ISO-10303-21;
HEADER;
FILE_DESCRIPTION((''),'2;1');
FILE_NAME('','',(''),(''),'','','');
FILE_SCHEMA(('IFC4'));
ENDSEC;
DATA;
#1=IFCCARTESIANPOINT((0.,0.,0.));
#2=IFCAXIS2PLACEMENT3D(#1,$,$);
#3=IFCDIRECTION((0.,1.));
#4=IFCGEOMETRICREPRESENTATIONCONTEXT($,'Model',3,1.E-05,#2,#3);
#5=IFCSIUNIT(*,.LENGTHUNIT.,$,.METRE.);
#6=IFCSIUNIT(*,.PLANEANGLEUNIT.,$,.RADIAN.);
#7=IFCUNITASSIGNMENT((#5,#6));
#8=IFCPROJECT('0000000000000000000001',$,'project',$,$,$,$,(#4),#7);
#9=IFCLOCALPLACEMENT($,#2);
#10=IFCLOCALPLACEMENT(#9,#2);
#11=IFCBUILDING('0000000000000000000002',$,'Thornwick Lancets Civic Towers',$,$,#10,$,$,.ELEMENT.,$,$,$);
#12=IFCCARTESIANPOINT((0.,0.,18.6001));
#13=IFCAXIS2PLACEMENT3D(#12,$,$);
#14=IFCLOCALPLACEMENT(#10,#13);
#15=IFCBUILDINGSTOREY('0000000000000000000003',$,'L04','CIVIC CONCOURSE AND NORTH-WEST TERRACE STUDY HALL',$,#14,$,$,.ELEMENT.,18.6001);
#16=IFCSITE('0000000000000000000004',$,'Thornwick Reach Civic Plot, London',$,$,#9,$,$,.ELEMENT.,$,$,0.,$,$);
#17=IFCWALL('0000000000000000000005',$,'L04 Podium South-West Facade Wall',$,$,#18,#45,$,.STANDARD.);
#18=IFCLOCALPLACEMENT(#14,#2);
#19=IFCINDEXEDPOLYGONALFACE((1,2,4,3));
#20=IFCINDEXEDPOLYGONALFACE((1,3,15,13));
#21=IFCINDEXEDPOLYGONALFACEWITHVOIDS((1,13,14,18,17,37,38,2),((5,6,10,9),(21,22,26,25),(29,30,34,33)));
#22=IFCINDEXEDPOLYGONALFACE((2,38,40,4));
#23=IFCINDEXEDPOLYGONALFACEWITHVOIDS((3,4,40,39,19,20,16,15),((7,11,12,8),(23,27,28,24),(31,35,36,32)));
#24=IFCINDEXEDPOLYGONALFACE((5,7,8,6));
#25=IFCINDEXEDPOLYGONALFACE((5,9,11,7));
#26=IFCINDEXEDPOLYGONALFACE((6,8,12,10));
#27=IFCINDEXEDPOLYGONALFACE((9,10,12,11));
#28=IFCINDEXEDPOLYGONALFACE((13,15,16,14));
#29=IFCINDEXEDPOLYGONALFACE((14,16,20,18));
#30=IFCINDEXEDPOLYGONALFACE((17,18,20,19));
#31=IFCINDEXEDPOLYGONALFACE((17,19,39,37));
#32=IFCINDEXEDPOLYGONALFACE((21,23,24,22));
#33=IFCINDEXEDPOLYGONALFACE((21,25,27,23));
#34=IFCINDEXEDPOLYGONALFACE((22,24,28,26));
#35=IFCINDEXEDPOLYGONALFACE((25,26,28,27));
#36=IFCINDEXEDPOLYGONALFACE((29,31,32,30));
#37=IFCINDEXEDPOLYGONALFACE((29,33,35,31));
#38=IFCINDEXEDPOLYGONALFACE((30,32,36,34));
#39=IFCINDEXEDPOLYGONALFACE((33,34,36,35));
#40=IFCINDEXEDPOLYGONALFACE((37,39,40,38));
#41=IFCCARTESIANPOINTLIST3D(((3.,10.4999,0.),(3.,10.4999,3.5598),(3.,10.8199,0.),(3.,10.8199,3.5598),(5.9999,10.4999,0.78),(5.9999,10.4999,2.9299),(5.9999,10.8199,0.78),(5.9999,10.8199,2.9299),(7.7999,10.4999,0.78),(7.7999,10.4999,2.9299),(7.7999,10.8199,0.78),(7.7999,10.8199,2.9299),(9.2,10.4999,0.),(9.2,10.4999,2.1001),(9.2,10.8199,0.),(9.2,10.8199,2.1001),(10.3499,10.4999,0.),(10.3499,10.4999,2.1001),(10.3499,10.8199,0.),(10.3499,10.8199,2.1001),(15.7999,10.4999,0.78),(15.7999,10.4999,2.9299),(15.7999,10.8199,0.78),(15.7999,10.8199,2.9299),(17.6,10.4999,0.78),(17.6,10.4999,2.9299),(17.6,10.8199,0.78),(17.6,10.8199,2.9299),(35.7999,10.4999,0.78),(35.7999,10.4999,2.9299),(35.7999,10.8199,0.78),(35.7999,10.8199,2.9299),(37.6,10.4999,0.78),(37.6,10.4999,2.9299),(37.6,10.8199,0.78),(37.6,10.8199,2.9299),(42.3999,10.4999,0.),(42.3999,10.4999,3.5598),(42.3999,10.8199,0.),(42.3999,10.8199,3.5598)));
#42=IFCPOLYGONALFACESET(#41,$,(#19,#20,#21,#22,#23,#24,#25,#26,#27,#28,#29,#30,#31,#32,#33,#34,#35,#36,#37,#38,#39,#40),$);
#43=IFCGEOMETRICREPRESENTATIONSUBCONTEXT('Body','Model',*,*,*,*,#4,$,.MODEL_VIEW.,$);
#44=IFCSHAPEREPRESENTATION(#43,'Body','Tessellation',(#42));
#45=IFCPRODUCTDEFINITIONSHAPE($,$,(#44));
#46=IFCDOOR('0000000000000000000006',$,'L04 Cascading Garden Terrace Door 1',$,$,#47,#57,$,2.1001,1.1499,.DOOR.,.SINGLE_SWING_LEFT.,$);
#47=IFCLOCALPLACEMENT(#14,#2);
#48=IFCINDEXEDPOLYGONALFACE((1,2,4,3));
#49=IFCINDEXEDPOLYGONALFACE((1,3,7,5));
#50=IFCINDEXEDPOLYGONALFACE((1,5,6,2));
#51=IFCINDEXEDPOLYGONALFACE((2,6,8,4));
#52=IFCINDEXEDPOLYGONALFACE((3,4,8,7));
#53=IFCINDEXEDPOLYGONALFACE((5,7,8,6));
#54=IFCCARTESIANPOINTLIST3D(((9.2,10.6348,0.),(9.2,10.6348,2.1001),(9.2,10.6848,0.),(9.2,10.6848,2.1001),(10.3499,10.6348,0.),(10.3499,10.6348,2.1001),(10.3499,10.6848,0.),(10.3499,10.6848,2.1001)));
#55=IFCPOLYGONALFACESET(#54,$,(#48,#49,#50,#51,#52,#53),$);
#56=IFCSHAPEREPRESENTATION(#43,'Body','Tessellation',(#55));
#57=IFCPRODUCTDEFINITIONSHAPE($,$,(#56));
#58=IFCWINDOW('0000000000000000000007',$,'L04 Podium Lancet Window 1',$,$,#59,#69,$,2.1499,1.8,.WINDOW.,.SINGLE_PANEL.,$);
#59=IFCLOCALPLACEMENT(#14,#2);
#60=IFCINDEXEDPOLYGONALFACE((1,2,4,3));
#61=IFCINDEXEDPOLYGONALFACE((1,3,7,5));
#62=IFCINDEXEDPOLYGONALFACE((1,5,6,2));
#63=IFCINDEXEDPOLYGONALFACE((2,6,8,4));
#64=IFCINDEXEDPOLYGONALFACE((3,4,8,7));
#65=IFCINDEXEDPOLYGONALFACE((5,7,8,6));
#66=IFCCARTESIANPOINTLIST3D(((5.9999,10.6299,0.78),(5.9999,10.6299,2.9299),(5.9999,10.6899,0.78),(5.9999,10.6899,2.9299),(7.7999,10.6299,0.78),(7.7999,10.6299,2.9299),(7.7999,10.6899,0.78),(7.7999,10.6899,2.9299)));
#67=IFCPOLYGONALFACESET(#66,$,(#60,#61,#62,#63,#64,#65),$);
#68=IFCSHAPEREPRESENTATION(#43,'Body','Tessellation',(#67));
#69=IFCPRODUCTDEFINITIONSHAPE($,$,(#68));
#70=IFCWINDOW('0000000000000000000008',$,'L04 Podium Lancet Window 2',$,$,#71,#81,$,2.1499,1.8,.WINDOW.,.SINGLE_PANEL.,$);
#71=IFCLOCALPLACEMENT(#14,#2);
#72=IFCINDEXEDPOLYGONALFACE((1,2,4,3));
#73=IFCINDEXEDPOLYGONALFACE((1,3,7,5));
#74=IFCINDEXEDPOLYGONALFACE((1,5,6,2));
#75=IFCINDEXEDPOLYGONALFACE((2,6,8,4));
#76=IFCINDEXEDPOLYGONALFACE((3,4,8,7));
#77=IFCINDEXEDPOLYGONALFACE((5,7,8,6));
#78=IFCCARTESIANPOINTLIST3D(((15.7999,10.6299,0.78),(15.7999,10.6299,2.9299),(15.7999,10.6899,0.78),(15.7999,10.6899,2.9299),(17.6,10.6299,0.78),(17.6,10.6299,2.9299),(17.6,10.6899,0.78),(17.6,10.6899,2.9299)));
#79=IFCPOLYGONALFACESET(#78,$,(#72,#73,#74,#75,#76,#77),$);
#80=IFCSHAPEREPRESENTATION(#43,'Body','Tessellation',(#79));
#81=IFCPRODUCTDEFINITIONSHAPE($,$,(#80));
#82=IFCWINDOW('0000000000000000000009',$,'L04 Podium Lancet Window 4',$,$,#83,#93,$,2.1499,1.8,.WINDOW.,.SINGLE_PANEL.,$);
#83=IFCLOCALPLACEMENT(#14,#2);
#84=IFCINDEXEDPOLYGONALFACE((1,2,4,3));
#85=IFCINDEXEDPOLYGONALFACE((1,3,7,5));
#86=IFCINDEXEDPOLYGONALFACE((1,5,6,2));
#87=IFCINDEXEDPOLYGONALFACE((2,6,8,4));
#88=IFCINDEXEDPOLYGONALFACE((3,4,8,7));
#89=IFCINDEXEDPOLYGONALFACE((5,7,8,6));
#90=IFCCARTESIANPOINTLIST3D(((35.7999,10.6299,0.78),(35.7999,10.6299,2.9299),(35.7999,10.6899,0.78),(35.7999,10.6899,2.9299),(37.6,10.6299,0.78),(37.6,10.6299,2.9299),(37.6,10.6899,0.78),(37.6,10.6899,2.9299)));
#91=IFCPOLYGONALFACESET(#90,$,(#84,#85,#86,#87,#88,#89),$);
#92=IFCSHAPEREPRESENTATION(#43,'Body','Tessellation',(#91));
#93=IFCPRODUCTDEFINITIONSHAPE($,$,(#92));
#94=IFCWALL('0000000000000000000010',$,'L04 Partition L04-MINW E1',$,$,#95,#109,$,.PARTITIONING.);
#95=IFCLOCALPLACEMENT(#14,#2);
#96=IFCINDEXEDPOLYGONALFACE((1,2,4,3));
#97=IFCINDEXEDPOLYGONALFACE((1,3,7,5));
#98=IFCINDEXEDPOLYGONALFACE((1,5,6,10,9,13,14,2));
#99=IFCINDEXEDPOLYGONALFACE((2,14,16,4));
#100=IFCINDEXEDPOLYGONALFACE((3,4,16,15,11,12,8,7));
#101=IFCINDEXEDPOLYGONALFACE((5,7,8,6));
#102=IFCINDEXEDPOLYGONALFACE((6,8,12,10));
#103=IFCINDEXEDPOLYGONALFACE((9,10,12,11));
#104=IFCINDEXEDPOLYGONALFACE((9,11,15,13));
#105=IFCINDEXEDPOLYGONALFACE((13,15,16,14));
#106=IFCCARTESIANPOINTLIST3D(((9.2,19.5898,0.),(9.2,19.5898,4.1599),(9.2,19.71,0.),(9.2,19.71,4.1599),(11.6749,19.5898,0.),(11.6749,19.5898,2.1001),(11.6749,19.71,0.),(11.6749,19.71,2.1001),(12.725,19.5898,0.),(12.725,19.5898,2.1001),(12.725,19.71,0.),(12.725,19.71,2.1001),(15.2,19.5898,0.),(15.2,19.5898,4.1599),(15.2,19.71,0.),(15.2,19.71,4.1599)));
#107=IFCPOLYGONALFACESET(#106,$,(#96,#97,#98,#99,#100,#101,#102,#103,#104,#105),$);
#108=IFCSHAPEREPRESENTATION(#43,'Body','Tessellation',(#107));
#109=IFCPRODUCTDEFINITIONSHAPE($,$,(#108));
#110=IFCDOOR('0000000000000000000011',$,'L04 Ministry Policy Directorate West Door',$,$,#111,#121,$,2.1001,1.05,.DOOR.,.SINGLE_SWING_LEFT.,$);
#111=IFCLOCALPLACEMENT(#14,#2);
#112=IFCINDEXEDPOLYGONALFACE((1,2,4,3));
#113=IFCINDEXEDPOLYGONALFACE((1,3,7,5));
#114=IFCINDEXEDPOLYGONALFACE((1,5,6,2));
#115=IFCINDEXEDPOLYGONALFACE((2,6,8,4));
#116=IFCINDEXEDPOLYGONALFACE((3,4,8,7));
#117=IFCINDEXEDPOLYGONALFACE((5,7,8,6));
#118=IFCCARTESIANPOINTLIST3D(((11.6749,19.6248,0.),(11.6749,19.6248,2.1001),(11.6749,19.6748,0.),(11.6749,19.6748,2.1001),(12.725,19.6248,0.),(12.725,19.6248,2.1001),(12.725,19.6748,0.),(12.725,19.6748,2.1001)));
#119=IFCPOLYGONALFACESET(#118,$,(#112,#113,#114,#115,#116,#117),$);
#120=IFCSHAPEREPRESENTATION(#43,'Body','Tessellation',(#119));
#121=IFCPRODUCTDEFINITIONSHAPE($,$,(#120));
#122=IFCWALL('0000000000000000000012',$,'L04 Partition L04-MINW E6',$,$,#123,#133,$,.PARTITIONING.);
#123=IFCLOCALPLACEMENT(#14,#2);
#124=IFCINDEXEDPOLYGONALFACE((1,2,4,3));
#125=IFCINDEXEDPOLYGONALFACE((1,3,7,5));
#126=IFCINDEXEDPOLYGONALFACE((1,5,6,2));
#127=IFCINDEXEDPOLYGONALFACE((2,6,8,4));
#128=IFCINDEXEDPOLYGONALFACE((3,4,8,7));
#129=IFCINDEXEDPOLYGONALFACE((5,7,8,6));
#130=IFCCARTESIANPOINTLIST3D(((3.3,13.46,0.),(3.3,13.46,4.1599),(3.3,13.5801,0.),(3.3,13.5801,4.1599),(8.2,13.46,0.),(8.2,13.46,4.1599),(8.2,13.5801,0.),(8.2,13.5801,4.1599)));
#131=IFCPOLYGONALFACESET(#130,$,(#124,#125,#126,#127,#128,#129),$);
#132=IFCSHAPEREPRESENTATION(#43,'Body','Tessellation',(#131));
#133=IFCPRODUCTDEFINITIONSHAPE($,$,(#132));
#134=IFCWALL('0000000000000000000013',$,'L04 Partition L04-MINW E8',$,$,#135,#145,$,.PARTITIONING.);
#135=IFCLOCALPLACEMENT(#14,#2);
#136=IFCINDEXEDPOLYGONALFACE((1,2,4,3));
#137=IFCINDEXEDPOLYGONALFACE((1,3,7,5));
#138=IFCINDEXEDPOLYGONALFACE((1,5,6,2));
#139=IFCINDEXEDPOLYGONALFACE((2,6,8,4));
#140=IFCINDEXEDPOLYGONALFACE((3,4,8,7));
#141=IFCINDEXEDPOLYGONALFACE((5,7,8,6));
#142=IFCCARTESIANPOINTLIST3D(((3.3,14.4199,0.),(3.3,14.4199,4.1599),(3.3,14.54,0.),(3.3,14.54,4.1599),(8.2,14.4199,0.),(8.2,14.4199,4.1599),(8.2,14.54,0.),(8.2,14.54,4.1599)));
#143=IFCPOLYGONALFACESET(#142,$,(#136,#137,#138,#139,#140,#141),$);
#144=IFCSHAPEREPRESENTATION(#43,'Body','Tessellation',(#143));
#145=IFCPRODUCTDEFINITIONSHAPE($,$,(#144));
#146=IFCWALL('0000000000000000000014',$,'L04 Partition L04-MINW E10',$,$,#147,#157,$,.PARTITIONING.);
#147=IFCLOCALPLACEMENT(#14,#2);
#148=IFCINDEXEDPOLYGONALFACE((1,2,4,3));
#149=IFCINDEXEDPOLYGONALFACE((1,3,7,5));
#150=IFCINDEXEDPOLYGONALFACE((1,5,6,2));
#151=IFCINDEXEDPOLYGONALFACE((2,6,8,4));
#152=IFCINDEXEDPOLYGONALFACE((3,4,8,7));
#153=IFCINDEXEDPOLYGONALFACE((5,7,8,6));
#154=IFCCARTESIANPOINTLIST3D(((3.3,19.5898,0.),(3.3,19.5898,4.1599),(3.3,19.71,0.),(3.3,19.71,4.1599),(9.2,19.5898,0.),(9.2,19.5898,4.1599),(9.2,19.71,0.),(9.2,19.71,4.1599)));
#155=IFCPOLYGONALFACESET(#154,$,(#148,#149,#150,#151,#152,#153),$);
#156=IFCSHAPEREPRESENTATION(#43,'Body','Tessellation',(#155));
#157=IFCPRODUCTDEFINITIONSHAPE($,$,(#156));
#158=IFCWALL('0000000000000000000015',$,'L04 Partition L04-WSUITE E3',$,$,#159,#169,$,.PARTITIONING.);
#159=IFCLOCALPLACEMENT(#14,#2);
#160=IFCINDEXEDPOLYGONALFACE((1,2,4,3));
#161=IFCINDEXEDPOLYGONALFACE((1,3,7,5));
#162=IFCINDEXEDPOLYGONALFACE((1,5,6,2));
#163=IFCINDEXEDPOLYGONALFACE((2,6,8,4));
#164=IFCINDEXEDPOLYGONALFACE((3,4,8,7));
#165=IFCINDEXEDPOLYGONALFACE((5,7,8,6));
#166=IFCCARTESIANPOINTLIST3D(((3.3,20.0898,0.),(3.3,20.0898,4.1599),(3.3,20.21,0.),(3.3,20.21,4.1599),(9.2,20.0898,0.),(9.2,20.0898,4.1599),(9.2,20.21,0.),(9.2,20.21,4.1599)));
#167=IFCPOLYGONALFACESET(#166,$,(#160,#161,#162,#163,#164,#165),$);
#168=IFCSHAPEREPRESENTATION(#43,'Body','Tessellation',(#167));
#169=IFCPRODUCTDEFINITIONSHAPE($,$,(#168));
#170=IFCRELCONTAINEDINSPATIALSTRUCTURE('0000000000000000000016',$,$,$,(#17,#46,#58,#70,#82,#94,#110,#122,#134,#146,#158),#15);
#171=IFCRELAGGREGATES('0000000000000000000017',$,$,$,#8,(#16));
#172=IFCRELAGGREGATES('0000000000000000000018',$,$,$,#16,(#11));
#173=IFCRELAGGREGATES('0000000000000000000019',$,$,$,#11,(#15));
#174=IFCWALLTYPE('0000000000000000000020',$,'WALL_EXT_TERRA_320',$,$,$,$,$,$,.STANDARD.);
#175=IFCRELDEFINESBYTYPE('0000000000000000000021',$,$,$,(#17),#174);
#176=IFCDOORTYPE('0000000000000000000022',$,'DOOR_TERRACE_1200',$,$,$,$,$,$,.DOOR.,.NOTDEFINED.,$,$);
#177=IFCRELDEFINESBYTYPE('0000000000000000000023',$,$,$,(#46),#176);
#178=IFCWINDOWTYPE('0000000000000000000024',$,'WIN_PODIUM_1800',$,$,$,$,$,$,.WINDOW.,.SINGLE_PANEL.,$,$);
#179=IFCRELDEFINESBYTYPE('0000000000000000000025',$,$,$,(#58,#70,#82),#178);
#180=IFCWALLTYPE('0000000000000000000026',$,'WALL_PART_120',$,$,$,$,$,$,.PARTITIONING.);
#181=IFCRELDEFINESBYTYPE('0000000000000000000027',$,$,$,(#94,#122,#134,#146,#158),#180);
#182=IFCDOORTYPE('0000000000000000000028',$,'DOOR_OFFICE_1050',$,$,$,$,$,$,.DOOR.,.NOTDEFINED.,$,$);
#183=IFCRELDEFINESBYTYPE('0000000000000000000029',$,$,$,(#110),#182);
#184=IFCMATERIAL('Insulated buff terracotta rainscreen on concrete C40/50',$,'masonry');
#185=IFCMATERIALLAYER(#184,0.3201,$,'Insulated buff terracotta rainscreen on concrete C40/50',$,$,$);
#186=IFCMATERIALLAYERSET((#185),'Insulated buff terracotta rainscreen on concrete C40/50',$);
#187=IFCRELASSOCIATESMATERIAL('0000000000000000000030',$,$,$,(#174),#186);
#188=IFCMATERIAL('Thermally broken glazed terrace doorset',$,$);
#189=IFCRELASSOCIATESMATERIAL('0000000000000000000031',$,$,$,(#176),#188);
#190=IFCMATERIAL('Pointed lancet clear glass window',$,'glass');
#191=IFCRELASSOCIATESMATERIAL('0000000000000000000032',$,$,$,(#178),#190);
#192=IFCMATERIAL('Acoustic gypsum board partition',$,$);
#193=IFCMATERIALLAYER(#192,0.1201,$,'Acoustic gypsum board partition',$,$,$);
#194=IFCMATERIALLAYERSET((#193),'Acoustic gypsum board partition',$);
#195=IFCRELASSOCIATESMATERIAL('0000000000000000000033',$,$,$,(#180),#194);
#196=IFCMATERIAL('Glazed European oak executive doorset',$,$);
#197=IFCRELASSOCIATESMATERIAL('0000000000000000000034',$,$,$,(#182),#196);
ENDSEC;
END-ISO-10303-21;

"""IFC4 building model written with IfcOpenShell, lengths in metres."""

from ifc_helpers import new_model, si_unit, direction, frame, frame_2d, origin, place, context, subcontext, project, spatial, rectangle, extrude, material, layer, layer_set, type_object, element, fill, save


model = new_model("IFC4")

# Units and contexts
model_context = context("Model", 3, precision=1e-05, world=origin(), true_north=direction((0.0, 1.0)))
body_context = subcontext(model_context, "Body", "Model", "MODEL_VIEW")
ifc_project = project(units=[si_unit("LENGTHUNIT", "METRE"), si_unit("PLANEANGLEUNIT", "RADIAN")], contexts=[model_context])

# Site, building, storey
site_placement = place(None, origin())
site = spatial("IfcSite", under=ifc_project, at=site_placement, Name="Thornwick Reach Civic Plot, London", CompositionType="ELEMENT", RefElevation=0.0)
building_placement = place(site_placement, origin())
building = spatial("IfcBuilding", under=site, at=building_placement, Name="Thornwick Lancets Civic Towers", CompositionType="ELEMENT")
storey_placement = place(building_placement, frame((0.0, 0.0, 18.6001)))
storey = spatial("IfcBuildingStorey", under=building, at=storey_placement, Name="L04", Description="CIVIC CONCOURSE AND NORTH-WEST TERRACE STUDY HALL", CompositionType="ELEMENT", Elevation=18.6001)

# Wall, openings, door, windows
ifc_material_1 = material(Name="Insulated buff terracotta rainscreen on concrete C40/50", Category="masonry")
ifc_layer_1 = layer(ifc_material_1, 0.3201, Name="Insulated buff terracotta rainscreen on concrete C40/50")
ifc_layer_set_1 = layer_set([ifc_layer_1], Name="Insulated buff terracotta rainscreen on concrete C40/50")
wall_type_1 = type_object("IfcWallType", Name="WALL_EXT_TERRA_320", PredefinedType="STANDARD", material=ifc_layer_set_1)
wall_1_placement = place(storey_placement, frame((3.0, 10.6599, 0.0), z_axis=(0.0, 0.0, 1.0), x_axis=(1.0, 0.0, 0.0)))
wall_1 = element("IfcWall", 1, at=wall_1_placement, inside=storey, type_object=wall_type_1, Name="L04 Podium South-West Facade Wall", PredefinedType="STANDARD", context=body_context, shape_type="SweptSolid", body=[
    extrude(rectangle(XDim=39.3999, YDim=0.3201, at=frame_2d((19.7, 0.0))), origin(), (0.0, 0.0, 1.0), 3.5598),
])
opening_1_placement = place(wall_1_placement, frame((6.2, 0.0, 0.0)))
opening_1 = element("IfcOpeningElement", 2, at=opening_1_placement, cuts=wall_1, PredefinedType="OPENING", context=body_context, shape_type="SweptSolid", body=[
    extrude(rectangle(XDim=1.1499, YDim=2.1001, at=frame_2d((0.575, 1.05))), frame((0.0, 0.1699, 0.0), z_axis=(0.0, -1.0, 0.0), x_axis=(1.0, 0.0, 0.0)), (0.0, 0.0, 1.0), 0.3401),
])
opening_2_placement = place(wall_1_placement, frame((3.0, 0.0, 0.78)))
opening_2 = element("IfcOpeningElement", 3, at=opening_2_placement, cuts=wall_1, PredefinedType="OPENING", context=body_context, shape_type="SweptSolid", body=[
    extrude(rectangle(XDim=1.8, YDim=2.1499, at=frame_2d((0.8999, 1.075))), frame((0.0, 0.1699, 0.0), z_axis=(0.0, -1.0, 0.0), x_axis=(1.0, 0.0, 0.0)), (0.0, 0.0, 1.0), 0.3401),
])
opening_3_placement = place(wall_1_placement, frame((12.8, 0.0, 0.78)))
opening_3 = element("IfcOpeningElement", 4, at=opening_3_placement, cuts=wall_1, PredefinedType="OPENING", context=body_context, shape_type="SweptSolid", body=[
    extrude(rectangle(XDim=1.8, YDim=2.1499, at=frame_2d((0.8999, 1.075))), frame((0.0, 0.1699, 0.0), z_axis=(0.0, -1.0, 0.0), x_axis=(1.0, 0.0, 0.0)), (0.0, 0.0, 1.0), 0.3401),
])
opening_4_placement = place(wall_1_placement, frame((32.8, 0.0, 0.78)))
opening_4 = element("IfcOpeningElement", 5, at=opening_4_placement, cuts=wall_1, PredefinedType="OPENING", context=body_context, shape_type="SweptSolid", body=[
    extrude(rectangle(XDim=1.8, YDim=2.1499, at=frame_2d((0.8999, 1.075))), frame((0.0, 0.1699, 0.0), z_axis=(0.0, -1.0, 0.0), x_axis=(1.0, 0.0, 0.0)), (0.0, 0.0, 1.0), 0.3401),
])
ifc_material_2 = material(Name="Thermally broken glazed terrace doorset")
door_type_1 = type_object("IfcDoorType", Name="DOOR_TERRACE_1200", OperationType="NOTDEFINED", PredefinedType="DOOR", material=ifc_material_2)
door_1_placement = place(opening_1_placement, origin())
door_1 = element("IfcDoor", 6, at=door_1_placement, inside=storey, type_object=door_type_1, Name="L04 Cascading Garden Terrace Door 1", OperationType="SINGLE_SWING_LEFT", OverallHeight=2.1001, OverallWidth=1.1499, PredefinedType="DOOR", context=body_context, shape_type="SweptSolid", body=[
    extrude(rectangle(XDim=1.1499, YDim=2.1001, at=frame_2d((0.575, 1.05))), frame((0.0, 0.0249, 0.0), z_axis=(0.0, -1.0, 0.0), x_axis=(1.0, 0.0, 0.0)), (0.0, 0.0, 1.0), 0.05),
])
fill(opening_1, door_1)
ifc_material_3 = material(Name="Pointed lancet clear glass window", Category="glass")
window_type = type_object("IfcWindowType", Name="WIN_PODIUM_1800", PartitioningType="SINGLE_PANEL", PredefinedType="WINDOW", material=ifc_material_3)
window_1_placement = place(opening_2_placement, origin())
window_1 = element("IfcWindow", 7, at=window_1_placement, inside=storey, type_object=window_type, Name="L04 Podium Lancet Window 1", OverallHeight=2.1499, OverallWidth=1.8, PartitioningType="SINGLE_PANEL", PredefinedType="WINDOW", context=body_context, shape_type="SweptSolid", body=[
    extrude(rectangle(XDim=1.8, YDim=2.1499, at=frame_2d((0.8999, 1.075))), frame((0.0, 0.03, 0.0), z_axis=(0.0, -1.0, 0.0), x_axis=(1.0, 0.0, 0.0)), (0.0, 0.0, 1.0), 0.0601),
])
fill(opening_2, window_1)
window_2_placement = place(opening_3_placement, origin())
window_2 = element("IfcWindow", 8, at=window_2_placement, inside=storey, type_object=window_type, Name="L04 Podium Lancet Window 2", OverallHeight=2.1499, OverallWidth=1.8, PartitioningType="SINGLE_PANEL", PredefinedType="WINDOW", context=body_context, shape_type="SweptSolid", body=[
    extrude(rectangle(XDim=1.8, YDim=2.1499, at=frame_2d((0.8999, 1.075))), frame((0.0, 0.03, 0.0), z_axis=(0.0, -1.0, 0.0), x_axis=(1.0, 0.0, 0.0)), (0.0, 0.0, 1.0), 0.0601),
])
fill(opening_3, window_2)
window_3_placement = place(opening_4_placement, origin())
window_3 = element("IfcWindow", 9, at=window_3_placement, inside=storey, type_object=window_type, Name="L04 Podium Lancet Window 4", OverallHeight=2.1499, OverallWidth=1.8, PartitioningType="SINGLE_PANEL", PredefinedType="WINDOW", context=body_context, shape_type="SweptSolid", body=[
    extrude(rectangle(XDim=1.8, YDim=2.1499, at=frame_2d((0.8999, 1.075))), frame((0.0, 0.03, 0.0), z_axis=(0.0, -1.0, 0.0), x_axis=(1.0, 0.0, 0.0)), (0.0, 0.0, 1.0), 0.0601),
])
fill(opening_4, window_3)

# Wall, opening, door
ifc_material_4 = material(Name="Acoustic gypsum board partition")
ifc_layer_2 = layer(ifc_material_4, 0.1201, Name="Acoustic gypsum board partition")
ifc_layer_set_2 = layer_set([ifc_layer_2], Name="Acoustic gypsum board partition")
wall_type_2 = type_object("IfcWallType", Name="WALL_PART_120", PredefinedType="PARTITIONING", material=ifc_layer_set_2)
wall_2_placement = place(storey_placement, frame((9.2, 19.6499, 0.0), z_axis=(0.0, 0.0, 1.0), x_axis=(1.0, 0.0, 0.0)))
wall_2 = element("IfcWall", 10, at=wall_2_placement, inside=storey, type_object=wall_type_2, Name="L04 Partition L04-MINW E1", PredefinedType="PARTITIONING", context=body_context, shape_type="SweptSolid", body=[
    extrude(rectangle(XDim=6.0, YDim=0.1201, at=frame_2d((3.0, 0.0))), origin(), (0.0, 0.0, 1.0), 4.1599),
])
opening_5_placement = place(wall_2_placement, frame((2.4751, 0.0, 0.0)))
opening_5 = element("IfcOpeningElement", 11, at=opening_5_placement, cuts=wall_2, PredefinedType="OPENING", context=body_context, shape_type="SweptSolid", body=[
    extrude(rectangle(XDim=1.05, YDim=2.1001, at=frame_2d((0.5249, 1.05))), frame((0.0, 0.0701, 0.0), z_axis=(0.0, -1.0, 0.0), x_axis=(1.0, 0.0, 0.0)), (0.0, 0.0, 1.0), 0.1401),
])
ifc_material_5 = material(Name="Glazed European oak executive doorset")
door_type_2 = type_object("IfcDoorType", Name="DOOR_OFFICE_1050", OperationType="NOTDEFINED", PredefinedType="DOOR", material=ifc_material_5)
door_2_placement = place(opening_5_placement, origin())
door_2 = element("IfcDoor", 12, at=door_2_placement, inside=storey, type_object=door_type_2, Name="L04 Ministry Policy Directorate West Door", OperationType="SINGLE_SWING_LEFT", OverallHeight=2.1001, OverallWidth=1.05, PredefinedType="DOOR", context=body_context, shape_type="SweptSolid", body=[
    extrude(rectangle(XDim=1.05, YDim=2.1001, at=frame_2d((0.5249, 1.05))), frame((0.0, 0.0249, 0.0), z_axis=(0.0, -1.0, 0.0), x_axis=(1.0, 0.0, 0.0)), (0.0, 0.0, 1.0), 0.05),
])
fill(opening_5, door_2)

# Walls
for number, where, z_axis, x_axis, name in (
    (13, (3.3, 13.52, 0.0), (0.0, 0.0, 1.0), (1.0, 0.0, 0.0), "L04 Partition L04-MINW E6"),
    (14, (8.2, 14.48, 0.0), (0.0, 0.0, 1.0), (-1.0, 0.0, 0.0), "L04 Partition L04-MINW E8"),
):
    element("IfcWall", number, at=place(storey_placement, frame(where, z_axis=z_axis, x_axis=x_axis)), inside=storey, type_object=wall_type_2, Name=name, PredefinedType="PARTITIONING", context=body_context, shape_type="SweptSolid", body=[
        extrude(rectangle(XDim=4.8999, YDim=0.1201, at=frame_2d((2.45, 0.0))), origin(), (0.0, 0.0, 1.0), 4.1599),
    ])
for number, where, z_axis, x_axis, name in (
    (15, (3.3, 19.6499, 0.0), (0.0, 0.0, 1.0), (1.0, 0.0, 0.0), "L04 Partition L04-MINW E10"),
    (16, (9.2, 20.1499, 0.0), (0.0, 0.0, 1.0), (-1.0, 0.0, 0.0), "L04 Partition L04-WSUITE E3"),
):
    element("IfcWall", number, at=place(storey_placement, frame(where, z_axis=z_axis, x_axis=x_axis)), inside=storey, type_object=wall_type_2, Name=name, PredefinedType="PARTITIONING", context=body_context, shape_type="SweptSolid", body=[
        extrude(rectangle(XDim=5.8999, YDim=0.1201, at=frame_2d((2.95, 0.0))), origin(), (0.0, 0.0, 1.0), 4.1599),
    ])

save(model, "model.ifc")
